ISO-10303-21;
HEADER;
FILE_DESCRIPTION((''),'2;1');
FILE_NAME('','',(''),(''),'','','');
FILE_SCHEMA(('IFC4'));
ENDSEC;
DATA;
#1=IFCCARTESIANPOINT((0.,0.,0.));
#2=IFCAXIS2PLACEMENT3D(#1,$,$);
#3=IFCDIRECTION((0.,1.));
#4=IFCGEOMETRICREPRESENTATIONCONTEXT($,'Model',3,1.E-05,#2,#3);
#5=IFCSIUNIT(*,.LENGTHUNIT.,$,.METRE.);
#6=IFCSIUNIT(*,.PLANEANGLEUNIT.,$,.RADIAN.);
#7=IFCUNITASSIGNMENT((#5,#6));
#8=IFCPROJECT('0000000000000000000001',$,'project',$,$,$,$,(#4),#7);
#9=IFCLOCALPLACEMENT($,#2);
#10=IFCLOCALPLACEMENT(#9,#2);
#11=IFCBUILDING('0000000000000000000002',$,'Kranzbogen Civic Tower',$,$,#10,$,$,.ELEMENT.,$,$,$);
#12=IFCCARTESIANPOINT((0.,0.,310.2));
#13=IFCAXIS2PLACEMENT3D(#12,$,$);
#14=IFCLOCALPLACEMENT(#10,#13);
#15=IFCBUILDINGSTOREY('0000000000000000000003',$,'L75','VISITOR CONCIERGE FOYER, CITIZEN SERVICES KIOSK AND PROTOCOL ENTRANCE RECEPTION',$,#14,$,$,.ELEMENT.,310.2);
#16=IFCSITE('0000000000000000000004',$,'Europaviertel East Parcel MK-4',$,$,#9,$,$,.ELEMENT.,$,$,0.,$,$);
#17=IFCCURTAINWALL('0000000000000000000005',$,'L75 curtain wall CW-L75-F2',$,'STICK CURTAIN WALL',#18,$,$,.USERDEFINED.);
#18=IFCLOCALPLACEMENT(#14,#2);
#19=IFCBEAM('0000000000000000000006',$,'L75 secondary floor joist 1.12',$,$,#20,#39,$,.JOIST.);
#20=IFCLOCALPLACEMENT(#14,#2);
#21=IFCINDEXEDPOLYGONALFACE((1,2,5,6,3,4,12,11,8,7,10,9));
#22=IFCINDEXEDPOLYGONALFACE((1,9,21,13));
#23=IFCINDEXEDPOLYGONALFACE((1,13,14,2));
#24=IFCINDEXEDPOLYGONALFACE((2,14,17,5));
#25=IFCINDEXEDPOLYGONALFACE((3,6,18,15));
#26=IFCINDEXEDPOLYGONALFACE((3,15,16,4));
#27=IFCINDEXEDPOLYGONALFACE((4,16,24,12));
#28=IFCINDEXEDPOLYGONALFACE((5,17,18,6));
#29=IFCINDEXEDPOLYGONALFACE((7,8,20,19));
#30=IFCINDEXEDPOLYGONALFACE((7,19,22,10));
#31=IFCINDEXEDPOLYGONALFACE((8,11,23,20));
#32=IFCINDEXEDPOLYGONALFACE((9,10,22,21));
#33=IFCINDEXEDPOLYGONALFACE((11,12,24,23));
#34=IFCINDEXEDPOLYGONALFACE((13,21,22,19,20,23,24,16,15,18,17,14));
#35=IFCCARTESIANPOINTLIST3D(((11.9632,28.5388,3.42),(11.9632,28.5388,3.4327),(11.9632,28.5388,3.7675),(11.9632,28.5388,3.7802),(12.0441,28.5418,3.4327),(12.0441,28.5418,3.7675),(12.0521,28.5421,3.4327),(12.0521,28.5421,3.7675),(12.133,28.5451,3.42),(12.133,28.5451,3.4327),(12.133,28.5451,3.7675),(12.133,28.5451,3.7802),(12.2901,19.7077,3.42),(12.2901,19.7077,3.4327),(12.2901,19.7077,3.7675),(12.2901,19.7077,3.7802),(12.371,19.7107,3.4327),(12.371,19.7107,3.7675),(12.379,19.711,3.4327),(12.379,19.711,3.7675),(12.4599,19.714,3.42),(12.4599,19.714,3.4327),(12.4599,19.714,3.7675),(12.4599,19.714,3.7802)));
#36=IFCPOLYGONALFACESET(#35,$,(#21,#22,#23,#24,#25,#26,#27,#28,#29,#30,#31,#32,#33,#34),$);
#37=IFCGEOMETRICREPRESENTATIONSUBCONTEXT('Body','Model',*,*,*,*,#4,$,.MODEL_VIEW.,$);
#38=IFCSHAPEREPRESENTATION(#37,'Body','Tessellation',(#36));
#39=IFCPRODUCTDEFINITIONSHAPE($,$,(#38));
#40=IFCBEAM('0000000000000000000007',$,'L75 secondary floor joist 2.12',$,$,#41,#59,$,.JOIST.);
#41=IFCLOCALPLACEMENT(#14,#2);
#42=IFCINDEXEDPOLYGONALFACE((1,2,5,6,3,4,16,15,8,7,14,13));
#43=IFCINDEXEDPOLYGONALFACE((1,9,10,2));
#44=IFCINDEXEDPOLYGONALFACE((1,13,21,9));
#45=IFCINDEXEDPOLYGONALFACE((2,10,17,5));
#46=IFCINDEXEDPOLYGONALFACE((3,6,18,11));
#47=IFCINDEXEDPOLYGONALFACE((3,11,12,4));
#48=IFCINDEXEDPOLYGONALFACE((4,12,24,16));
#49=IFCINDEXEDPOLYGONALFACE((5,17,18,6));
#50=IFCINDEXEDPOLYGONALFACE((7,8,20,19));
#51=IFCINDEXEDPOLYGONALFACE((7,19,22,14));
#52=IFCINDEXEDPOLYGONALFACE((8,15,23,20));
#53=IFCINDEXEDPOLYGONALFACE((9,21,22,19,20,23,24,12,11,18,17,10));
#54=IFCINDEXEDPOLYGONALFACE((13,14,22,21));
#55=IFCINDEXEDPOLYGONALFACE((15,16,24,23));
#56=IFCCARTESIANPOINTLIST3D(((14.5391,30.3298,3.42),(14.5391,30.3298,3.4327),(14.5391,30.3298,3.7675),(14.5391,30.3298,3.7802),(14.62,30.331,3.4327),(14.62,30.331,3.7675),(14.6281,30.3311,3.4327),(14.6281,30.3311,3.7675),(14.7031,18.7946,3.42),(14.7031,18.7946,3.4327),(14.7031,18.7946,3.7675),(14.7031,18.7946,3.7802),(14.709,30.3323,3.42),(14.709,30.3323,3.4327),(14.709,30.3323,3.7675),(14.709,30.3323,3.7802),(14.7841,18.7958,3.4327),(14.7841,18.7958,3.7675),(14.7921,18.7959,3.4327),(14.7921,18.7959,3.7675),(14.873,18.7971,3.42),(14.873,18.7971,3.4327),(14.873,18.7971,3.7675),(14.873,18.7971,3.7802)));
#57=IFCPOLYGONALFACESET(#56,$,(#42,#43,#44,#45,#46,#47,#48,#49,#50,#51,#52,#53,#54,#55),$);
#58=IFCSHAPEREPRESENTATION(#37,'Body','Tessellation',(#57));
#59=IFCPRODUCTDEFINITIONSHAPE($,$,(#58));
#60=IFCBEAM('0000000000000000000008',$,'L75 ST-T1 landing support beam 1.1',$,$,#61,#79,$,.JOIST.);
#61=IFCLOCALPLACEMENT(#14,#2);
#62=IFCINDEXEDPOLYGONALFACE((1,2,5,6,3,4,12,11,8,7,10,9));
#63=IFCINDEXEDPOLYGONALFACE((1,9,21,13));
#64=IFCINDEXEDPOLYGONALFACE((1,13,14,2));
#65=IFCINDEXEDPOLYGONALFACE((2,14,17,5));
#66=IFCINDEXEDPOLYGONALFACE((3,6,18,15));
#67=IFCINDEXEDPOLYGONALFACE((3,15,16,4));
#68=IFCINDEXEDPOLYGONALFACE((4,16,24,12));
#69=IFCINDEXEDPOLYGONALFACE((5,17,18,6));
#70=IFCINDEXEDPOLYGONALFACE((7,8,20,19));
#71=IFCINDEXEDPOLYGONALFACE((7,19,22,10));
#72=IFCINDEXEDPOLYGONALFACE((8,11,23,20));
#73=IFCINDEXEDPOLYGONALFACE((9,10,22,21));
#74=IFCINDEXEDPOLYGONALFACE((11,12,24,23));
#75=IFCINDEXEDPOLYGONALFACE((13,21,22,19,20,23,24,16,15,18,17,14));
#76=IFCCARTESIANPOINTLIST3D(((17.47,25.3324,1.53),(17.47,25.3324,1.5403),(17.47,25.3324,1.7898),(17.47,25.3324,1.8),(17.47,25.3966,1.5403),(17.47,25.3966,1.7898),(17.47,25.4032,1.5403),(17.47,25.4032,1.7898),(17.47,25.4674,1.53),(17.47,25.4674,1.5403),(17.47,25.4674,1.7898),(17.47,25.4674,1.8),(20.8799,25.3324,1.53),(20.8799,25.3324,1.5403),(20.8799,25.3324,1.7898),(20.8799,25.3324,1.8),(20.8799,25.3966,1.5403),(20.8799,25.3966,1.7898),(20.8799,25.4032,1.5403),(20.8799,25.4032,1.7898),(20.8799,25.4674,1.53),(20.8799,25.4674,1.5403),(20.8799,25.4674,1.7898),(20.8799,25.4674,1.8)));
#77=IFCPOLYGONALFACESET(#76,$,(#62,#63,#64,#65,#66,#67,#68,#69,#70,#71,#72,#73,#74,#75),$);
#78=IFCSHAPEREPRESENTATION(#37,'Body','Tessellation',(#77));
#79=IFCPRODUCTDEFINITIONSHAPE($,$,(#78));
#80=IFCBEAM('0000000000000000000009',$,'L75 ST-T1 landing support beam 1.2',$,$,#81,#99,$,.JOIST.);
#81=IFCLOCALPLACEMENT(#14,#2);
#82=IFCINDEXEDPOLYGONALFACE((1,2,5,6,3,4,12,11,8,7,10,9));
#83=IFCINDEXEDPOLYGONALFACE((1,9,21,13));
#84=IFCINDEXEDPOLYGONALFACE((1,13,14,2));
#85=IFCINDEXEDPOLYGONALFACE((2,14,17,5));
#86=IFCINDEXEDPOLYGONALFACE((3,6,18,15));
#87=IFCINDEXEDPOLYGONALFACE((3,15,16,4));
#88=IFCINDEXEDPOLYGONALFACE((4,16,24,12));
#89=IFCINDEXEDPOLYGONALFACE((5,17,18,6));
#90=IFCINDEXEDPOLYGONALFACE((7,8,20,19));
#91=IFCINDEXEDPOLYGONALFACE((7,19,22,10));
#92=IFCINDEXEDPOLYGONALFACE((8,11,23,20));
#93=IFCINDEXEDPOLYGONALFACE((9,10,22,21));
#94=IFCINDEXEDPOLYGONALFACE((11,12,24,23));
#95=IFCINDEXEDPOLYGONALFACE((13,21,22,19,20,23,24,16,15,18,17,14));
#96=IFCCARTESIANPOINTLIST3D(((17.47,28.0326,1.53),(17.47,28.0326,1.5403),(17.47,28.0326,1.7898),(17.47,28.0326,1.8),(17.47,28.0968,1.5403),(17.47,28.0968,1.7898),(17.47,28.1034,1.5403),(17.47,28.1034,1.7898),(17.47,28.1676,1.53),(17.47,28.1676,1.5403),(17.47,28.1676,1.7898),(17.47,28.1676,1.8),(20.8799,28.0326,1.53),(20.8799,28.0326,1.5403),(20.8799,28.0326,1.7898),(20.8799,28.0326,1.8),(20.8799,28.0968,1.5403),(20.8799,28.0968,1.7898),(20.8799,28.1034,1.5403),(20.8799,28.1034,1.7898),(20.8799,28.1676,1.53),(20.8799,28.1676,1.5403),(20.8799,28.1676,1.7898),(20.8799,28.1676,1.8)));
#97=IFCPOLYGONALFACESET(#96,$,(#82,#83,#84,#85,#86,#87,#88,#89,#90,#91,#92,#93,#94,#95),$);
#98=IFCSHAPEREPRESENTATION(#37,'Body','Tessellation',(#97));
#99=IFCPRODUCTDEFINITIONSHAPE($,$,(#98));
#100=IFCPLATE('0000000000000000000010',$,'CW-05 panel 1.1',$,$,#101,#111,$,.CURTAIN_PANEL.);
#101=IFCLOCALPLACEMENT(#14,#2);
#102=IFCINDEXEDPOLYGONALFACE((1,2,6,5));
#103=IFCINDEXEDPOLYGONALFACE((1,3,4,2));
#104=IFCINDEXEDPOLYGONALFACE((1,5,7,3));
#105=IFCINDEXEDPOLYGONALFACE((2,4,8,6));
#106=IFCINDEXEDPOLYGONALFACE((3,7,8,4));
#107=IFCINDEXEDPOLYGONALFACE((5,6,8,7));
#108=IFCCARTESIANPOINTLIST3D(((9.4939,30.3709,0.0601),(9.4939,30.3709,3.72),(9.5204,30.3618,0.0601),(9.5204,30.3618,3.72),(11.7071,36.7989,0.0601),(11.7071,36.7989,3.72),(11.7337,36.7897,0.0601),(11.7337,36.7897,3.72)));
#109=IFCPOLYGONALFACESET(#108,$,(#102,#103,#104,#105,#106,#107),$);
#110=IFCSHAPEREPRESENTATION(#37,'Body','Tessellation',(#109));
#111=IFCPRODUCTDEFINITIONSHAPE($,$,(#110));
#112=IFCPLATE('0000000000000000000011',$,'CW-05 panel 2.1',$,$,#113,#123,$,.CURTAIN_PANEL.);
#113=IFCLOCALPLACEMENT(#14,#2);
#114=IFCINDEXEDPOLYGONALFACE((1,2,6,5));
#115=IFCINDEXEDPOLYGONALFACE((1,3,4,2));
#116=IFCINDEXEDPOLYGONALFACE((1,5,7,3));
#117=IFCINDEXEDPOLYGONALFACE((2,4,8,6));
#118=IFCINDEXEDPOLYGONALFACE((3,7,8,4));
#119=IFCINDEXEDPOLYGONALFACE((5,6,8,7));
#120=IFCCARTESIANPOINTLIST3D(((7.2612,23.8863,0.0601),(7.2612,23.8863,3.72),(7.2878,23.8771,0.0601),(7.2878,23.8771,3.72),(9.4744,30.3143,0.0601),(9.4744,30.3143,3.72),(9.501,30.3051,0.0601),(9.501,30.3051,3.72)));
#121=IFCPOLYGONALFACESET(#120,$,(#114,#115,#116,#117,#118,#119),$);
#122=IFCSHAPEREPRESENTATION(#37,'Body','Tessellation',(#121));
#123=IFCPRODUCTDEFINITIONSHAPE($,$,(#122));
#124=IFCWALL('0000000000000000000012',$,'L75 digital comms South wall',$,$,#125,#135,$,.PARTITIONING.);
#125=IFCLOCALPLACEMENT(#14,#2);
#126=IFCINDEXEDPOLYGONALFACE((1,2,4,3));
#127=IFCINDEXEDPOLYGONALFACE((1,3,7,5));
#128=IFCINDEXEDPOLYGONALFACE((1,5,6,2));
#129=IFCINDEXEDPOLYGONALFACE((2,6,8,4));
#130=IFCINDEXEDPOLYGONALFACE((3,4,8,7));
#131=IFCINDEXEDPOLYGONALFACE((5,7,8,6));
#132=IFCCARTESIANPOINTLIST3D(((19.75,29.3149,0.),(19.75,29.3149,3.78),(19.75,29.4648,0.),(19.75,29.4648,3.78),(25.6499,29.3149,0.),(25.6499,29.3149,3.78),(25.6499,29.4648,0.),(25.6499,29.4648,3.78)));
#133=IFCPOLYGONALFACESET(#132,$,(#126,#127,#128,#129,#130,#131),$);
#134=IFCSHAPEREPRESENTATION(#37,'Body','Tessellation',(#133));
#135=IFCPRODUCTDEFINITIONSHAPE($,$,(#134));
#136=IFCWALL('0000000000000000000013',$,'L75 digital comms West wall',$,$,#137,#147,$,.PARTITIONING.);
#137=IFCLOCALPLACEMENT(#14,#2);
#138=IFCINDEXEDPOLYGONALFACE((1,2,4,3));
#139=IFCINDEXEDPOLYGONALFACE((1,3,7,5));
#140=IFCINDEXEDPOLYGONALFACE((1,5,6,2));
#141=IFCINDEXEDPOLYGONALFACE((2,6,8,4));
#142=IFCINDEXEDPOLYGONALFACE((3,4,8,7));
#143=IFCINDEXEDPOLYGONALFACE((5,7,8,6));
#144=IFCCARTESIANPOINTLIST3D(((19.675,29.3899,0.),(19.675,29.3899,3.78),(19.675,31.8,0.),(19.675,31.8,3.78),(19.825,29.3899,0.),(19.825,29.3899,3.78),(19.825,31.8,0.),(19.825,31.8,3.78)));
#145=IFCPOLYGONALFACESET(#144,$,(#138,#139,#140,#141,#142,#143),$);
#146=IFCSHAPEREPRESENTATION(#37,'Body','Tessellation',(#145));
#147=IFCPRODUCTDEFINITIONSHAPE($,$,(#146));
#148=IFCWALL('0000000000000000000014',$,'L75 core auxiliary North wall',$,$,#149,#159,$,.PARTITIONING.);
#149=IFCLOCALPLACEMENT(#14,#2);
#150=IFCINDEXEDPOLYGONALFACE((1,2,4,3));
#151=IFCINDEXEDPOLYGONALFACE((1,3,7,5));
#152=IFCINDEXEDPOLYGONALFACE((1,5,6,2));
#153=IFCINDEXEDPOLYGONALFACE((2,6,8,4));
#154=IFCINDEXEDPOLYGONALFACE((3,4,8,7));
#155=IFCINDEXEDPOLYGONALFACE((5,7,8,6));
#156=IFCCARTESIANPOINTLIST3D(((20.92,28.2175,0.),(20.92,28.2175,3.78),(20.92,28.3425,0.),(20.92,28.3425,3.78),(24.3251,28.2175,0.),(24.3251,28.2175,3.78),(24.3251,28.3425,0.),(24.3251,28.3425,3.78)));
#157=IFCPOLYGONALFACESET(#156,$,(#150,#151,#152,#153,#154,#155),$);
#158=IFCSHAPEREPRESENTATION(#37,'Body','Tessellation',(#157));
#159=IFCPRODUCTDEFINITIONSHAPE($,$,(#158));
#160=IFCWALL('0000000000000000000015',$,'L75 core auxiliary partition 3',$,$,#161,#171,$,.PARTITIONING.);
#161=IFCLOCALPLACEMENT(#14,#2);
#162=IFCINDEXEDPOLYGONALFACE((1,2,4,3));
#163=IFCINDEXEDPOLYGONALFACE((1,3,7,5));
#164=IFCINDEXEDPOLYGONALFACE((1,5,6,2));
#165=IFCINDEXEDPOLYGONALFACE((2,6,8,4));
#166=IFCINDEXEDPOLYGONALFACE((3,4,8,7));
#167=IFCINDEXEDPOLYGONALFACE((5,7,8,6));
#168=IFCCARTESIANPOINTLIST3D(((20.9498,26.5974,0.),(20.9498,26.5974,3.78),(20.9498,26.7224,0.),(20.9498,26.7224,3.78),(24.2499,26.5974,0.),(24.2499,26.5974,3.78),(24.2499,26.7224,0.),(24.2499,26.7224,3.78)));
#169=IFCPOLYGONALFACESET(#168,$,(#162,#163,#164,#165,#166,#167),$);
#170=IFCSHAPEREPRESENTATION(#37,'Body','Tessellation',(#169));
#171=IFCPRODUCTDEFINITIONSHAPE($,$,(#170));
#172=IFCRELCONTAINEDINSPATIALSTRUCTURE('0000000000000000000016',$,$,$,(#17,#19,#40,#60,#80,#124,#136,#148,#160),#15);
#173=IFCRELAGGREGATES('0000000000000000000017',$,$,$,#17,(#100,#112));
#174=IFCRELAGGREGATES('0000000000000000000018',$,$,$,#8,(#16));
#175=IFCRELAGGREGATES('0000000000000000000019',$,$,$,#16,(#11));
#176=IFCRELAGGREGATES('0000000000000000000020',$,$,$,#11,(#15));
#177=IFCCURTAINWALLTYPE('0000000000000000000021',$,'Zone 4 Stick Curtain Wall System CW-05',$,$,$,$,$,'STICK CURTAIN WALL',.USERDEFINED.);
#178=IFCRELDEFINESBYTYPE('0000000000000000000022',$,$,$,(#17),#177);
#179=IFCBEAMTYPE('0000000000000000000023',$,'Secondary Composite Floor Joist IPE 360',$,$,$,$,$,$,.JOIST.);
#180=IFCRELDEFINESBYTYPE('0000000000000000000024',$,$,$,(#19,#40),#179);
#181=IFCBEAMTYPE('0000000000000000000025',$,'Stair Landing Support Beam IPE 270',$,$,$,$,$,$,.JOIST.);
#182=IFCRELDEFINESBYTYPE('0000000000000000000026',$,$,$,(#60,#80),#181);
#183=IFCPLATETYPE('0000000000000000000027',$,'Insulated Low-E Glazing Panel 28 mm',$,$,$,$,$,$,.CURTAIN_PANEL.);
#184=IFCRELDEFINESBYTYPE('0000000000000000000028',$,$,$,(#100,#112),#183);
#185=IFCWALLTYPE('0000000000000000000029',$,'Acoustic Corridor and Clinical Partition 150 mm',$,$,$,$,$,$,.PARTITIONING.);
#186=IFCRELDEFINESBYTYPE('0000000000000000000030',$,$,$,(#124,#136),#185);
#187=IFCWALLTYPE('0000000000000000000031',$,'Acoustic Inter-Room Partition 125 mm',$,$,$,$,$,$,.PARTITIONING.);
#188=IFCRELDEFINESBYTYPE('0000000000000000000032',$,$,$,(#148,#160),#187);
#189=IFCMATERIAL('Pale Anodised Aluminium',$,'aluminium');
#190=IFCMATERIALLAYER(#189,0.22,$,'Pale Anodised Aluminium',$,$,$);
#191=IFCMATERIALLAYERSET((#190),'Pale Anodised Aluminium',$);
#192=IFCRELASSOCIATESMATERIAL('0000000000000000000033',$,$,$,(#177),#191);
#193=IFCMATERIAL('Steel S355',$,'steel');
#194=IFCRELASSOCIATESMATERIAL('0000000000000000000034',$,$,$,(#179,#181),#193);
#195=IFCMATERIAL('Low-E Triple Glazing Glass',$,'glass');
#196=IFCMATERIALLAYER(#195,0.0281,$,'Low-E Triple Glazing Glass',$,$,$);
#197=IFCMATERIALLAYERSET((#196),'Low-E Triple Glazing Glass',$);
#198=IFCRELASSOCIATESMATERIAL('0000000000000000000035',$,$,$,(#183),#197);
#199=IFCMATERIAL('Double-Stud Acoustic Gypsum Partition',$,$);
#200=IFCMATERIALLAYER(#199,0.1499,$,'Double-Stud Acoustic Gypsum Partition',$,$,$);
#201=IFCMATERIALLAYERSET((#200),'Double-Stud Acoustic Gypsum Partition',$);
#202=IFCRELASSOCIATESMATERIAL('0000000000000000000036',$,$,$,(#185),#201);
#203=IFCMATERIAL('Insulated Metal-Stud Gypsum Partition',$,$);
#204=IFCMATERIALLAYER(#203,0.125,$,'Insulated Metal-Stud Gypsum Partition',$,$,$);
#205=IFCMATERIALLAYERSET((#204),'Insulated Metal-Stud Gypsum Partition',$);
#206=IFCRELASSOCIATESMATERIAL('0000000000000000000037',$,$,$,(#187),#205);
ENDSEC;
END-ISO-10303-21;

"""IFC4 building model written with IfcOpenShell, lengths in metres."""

from ifc_helpers import new_model, si_unit, direction, frame, frame_2d, origin, origin_2d, place, context, subcontext, project, spatial, rectangle, i_section, extrude, material, layer, layer_set, material_profile, profile_set, type_object, element, aggregate, save


model = new_model("IFC4")

# Units and contexts
model_context = context("Model", 3, precision=1e-05, world=origin(), true_north=direction((0.0, 1.0)))
body_context = subcontext(model_context, "Body", "Model", "MODEL_VIEW")
ifc_project = project(units=[si_unit("LENGTHUNIT", "METRE"), si_unit("PLANEANGLEUNIT", "RADIAN")], contexts=[model_context])

# Site, building, storey
site_placement = place(None, origin())
site = spatial("IfcSite", under=ifc_project, at=site_placement, Name="Europaviertel East Parcel MK-4", CompositionType="ELEMENT", RefElevation=0.0)
building_placement = place(site_placement, origin())
building = spatial("IfcBuilding", under=site, at=building_placement, Name="Kranzbogen Civic Tower", CompositionType="ELEMENT")
storey_placement = place(building_placement, frame((0.0, 0.0, 310.2)))
storey = spatial("IfcBuildingStorey", under=building, at=storey_placement, Name="L75", Description="VISITOR CONCIERGE FOYER, CITIZEN SERVICES KIOSK AND PROTOCOL ENTRANCE RECEPTION", CompositionType="ELEMENT", Elevation=310.2)

# Shared definitions
ifc_material_1 = material(Name="Steel S355", Category="steel")

# Curtain wall
ifc_material_2 = material(Name="Pale Anodised Aluminium", Category="aluminium")
ifc_layer_1 = layer(ifc_material_2, 0.22, Name="Pale Anodised Aluminium")
ifc_layer_set_1 = layer_set([ifc_layer_1], Name="Pale Anodised Aluminium")
curtain_wall_type = type_object("IfcCurtainWallType", Name="Zone 4 Stick Curtain Wall System CW-05", ElementType="STICK CURTAIN WALL", PredefinedType="USERDEFINED", material=ifc_layer_set_1)
curtain_wall_placement = place(storey_placement, origin())
curtain_wall = element("IfcCurtainWall", 1, at=curtain_wall_placement, inside=storey, type_object=curtain_wall_type, Name="L75 curtain wall CW-L75-F2", ObjectType="STICK CURTAIN WALL", PredefinedType="USERDEFINED")

# Beams
ifc_material_profile_1 = material_profile(ifc_material_1, i_section(OverallWidth=0.1699, OverallDepth=0.3601, WebThickness=0.0081, FlangeThickness=0.0127, at=origin_2d()), Name="IPE 360")
ifc_profile_set_1 = profile_set([ifc_material_profile_1], Name="Steel S355")
beam_type_1 = type_object("IfcBeamType", Name="Secondary Composite Floor Joist IPE 360", PredefinedType="JOIST", material=ifc_profile_set_1)
beam_1_placement = place(storey_placement, frame((12.0481, 28.542, 3.6001), z_axis=(0.036992, -0.999316, 0.0), x_axis=(0.999316, 0.036992, 0.0)))
element("IfcBeam", 2, at=beam_1_placement, inside=storey, type_object=beam_type_1, Name="L75 secondary floor joist 1.12", PredefinedType="JOIST", context=body_context, shape_type="SweptSolid", body=[
    extrude(i_section(OverallWidth=0.1699, OverallDepth=0.3601, WebThickness=0.0081, FlangeThickness=0.0127, at=origin_2d()), origin(), (0.0, 0.0, 1.0), 8.8372),
])
beam_2_placement = place(storey_placement, frame((14.624, 30.3311, 3.6001), z_axis=(0.014221, -0.999899, 0.0), x_axis=(0.999899, 0.014221, 0.0)))
element("IfcBeam", 3, at=beam_2_placement, inside=storey, type_object=beam_type_1, Name="L75 secondary floor joist 2.12", PredefinedType="JOIST", context=body_context, shape_type="SweptSolid", body=[
    extrude(i_section(OverallWidth=0.1699, OverallDepth=0.3601, WebThickness=0.0081, FlangeThickness=0.0127, at=origin_2d()), origin(), (0.0, 0.0, 1.0), 11.5364),
])
ifc_material_profile_2 = material_profile(ifc_material_1, i_section(OverallWidth=0.135, OverallDepth=0.27, WebThickness=0.0066, FlangeThickness=0.0103, at=origin_2d()), Name="IPE 270")
ifc_profile_set_2 = profile_set([ifc_material_profile_2], Name="Steel S355")
beam_type_2 = type_object("IfcBeamType", Name="Stair Landing Support Beam IPE 270", PredefinedType="JOIST", material=ifc_profile_set_2)
for number, where, z_axis, x_axis, name in (
    (4, (20.8799, 25.3999, 1.665), (-1.0, 0.0, 0.0), (0.0, -1.0, 0.0), "L75 ST-T1 landing support beam 1.1"),
    (5, (20.8799, 28.1001, 1.665), (-1.0, 0.0, 0.0), (0.0, -1.0, 0.0), "L75 ST-T1 landing support beam 1.2"),
):
    element("IfcBeam", number, at=place(storey_placement, frame(where, z_axis=z_axis, x_axis=x_axis)), inside=storey, type_object=beam_type_2, Name=name, PredefinedType="JOIST", context=body_context, shape_type="SweptSolid", body=[
        extrude(i_section(OverallWidth=0.135, OverallDepth=0.27, WebThickness=0.0066, FlangeThickness=0.0103, at=origin_2d()), origin(), (0.0, 0.0, 1.0), 3.4099),
    ])

# Plates
ifc_material_3 = material(Name="Low-E Triple Glazing Glass", Category="glass")
ifc_layer_2 = layer(ifc_material_3, 0.0281, Name="Low-E Triple Glazing Glass")
ifc_layer_set_2 = layer_set([ifc_layer_2], Name="Low-E Triple Glazing Glass")
plate_type = type_object("IfcPlateType", Name="Insulated Low-E Glazing Panel 28 mm", PredefinedType="CURTAIN_PANEL", material=ifc_layer_set_2)
plate_1_placement = place(storey_placement, frame((10.6138, 33.5803, 0.0601), z_axis=(0.0, 0.0, 1.0), x_axis=(-0.325554, -0.945523, 0.0)))
plate_1 = element("IfcPlate", 6, at=plate_1_placement, type_object=plate_type, Name="CW-05 panel 1.1", PredefinedType="CURTAIN_PANEL", context=body_context, shape_type="SweptSolid", body=[
    extrude(rectangle(XDim=6.7983, YDim=0.0281, at=origin_2d()), origin(), (0.0, 0.0, 1.0), 3.6599),
])
plate_2_placement = place(storey_placement, frame((8.3811, 27.0957, 0.0601), z_axis=(0.0, 0.0, 1.0), x_axis=(-0.325554, -0.945523, 0.0)))
plate_2 = element("IfcPlate", 7, at=plate_2_placement, type_object=plate_type, Name="CW-05 panel 2.1", PredefinedType="CURTAIN_PANEL", context=body_context, shape_type="SweptSolid", body=[
    extrude(rectangle(XDim=6.7983, YDim=0.0281, at=origin_2d()), origin(), (0.0, 0.0, 1.0), 3.6599),
])
aggregate(curtain_wall, [plate_1, plate_2])

# Walls
ifc_material_4 = material(Name="Double-Stud Acoustic Gypsum Partition")
ifc_layer_3 = layer(ifc_material_4, 0.1499, Name="Double-Stud Acoustic Gypsum Partition")
ifc_layer_set_3 = layer_set([ifc_layer_3], Name="Double-Stud Acoustic Gypsum Partition")
wall_type_1 = type_object("IfcWallType", Name="Acoustic Corridor and Clinical Partition 150 mm", PredefinedType="PARTITIONING", material=ifc_layer_set_3)
wall_1_placement = place(storey_placement, frame((19.75, 29.3899, 0.0), z_axis=(0.0, 0.0, 1.0), x_axis=(1.0, 0.0, 0.0)))
element("IfcWall", 8, at=wall_1_placement, inside=storey, type_object=wall_type_1, Name="L75 digital comms South wall", PredefinedType="PARTITIONING", context=body_context, shape_type="SweptSolid", body=[
    extrude(rectangle(XDim=5.8999, YDim=0.1499, at=frame_2d((2.95, 0.0))), origin(), (0.0, 0.0, 1.0), 3.78),
])
wall_2_placement = place(storey_placement, frame((19.75, 29.3899, 0.0), z_axis=(0.0, 0.0, 1.0), x_axis=(0.0, 1.0, 0.0)))
element("IfcWall", 9, at=wall_2_placement, inside=storey, type_object=wall_type_1, Name="L75 digital comms West wall", PredefinedType="PARTITIONING", context=body_context, shape_type="SweptSolid", body=[
    extrude(rectangle(XDim=2.4102, YDim=0.1499, at=frame_2d((1.2051, 0.0))), origin(), (0.0, 0.0, 1.0), 3.78),
])
ifc_material_5 = material(Name="Insulated Metal-Stud Gypsum Partition")
ifc_layer_4 = layer(ifc_material_5, 0.125, Name="Insulated Metal-Stud Gypsum Partition")
ifc_layer_set_4 = layer_set([ifc_layer_4], Name="Insulated Metal-Stud Gypsum Partition")
wall_type_2 = type_object("IfcWallType", Name="Acoustic Inter-Room Partition 125 mm", PredefinedType="PARTITIONING", material=ifc_layer_set_4)
wall_3_placement = place(storey_placement, frame((20.9199, 28.28, 0.0), z_axis=(0.0, 0.0, 1.0), x_axis=(1.0, 0.0, 0.0)))
element("IfcWall", 10, at=wall_3_placement, inside=storey, type_object=wall_type_2, Name="L75 core auxiliary North wall", PredefinedType="PARTITIONING", context=body_context, shape_type="SweptSolid", body=[
    extrude(rectangle(XDim=3.405, YDim=0.125, at=frame_2d((1.7026, 0.0))), origin(), (0.0, 0.0, 1.0), 3.78),
])
wall_4_placement = place(storey_placement, frame((20.95, 26.6599, 0.0), z_axis=(0.0, 0.0, 1.0), x_axis=(1.0, 0.0, 0.0)))
element("IfcWall", 11, at=wall_4_placement, inside=storey, type_object=wall_type_2, Name="L75 core auxiliary partition 3", PredefinedType="PARTITIONING", context=body_context, shape_type="SweptSolid", body=[
    extrude(rectangle(XDim=3.3, YDim=0.125, at=frame_2d((1.6499, 0.0))), origin(), (0.0, 0.0, 1.0), 3.78),
])

save(model, "model.ifc")
